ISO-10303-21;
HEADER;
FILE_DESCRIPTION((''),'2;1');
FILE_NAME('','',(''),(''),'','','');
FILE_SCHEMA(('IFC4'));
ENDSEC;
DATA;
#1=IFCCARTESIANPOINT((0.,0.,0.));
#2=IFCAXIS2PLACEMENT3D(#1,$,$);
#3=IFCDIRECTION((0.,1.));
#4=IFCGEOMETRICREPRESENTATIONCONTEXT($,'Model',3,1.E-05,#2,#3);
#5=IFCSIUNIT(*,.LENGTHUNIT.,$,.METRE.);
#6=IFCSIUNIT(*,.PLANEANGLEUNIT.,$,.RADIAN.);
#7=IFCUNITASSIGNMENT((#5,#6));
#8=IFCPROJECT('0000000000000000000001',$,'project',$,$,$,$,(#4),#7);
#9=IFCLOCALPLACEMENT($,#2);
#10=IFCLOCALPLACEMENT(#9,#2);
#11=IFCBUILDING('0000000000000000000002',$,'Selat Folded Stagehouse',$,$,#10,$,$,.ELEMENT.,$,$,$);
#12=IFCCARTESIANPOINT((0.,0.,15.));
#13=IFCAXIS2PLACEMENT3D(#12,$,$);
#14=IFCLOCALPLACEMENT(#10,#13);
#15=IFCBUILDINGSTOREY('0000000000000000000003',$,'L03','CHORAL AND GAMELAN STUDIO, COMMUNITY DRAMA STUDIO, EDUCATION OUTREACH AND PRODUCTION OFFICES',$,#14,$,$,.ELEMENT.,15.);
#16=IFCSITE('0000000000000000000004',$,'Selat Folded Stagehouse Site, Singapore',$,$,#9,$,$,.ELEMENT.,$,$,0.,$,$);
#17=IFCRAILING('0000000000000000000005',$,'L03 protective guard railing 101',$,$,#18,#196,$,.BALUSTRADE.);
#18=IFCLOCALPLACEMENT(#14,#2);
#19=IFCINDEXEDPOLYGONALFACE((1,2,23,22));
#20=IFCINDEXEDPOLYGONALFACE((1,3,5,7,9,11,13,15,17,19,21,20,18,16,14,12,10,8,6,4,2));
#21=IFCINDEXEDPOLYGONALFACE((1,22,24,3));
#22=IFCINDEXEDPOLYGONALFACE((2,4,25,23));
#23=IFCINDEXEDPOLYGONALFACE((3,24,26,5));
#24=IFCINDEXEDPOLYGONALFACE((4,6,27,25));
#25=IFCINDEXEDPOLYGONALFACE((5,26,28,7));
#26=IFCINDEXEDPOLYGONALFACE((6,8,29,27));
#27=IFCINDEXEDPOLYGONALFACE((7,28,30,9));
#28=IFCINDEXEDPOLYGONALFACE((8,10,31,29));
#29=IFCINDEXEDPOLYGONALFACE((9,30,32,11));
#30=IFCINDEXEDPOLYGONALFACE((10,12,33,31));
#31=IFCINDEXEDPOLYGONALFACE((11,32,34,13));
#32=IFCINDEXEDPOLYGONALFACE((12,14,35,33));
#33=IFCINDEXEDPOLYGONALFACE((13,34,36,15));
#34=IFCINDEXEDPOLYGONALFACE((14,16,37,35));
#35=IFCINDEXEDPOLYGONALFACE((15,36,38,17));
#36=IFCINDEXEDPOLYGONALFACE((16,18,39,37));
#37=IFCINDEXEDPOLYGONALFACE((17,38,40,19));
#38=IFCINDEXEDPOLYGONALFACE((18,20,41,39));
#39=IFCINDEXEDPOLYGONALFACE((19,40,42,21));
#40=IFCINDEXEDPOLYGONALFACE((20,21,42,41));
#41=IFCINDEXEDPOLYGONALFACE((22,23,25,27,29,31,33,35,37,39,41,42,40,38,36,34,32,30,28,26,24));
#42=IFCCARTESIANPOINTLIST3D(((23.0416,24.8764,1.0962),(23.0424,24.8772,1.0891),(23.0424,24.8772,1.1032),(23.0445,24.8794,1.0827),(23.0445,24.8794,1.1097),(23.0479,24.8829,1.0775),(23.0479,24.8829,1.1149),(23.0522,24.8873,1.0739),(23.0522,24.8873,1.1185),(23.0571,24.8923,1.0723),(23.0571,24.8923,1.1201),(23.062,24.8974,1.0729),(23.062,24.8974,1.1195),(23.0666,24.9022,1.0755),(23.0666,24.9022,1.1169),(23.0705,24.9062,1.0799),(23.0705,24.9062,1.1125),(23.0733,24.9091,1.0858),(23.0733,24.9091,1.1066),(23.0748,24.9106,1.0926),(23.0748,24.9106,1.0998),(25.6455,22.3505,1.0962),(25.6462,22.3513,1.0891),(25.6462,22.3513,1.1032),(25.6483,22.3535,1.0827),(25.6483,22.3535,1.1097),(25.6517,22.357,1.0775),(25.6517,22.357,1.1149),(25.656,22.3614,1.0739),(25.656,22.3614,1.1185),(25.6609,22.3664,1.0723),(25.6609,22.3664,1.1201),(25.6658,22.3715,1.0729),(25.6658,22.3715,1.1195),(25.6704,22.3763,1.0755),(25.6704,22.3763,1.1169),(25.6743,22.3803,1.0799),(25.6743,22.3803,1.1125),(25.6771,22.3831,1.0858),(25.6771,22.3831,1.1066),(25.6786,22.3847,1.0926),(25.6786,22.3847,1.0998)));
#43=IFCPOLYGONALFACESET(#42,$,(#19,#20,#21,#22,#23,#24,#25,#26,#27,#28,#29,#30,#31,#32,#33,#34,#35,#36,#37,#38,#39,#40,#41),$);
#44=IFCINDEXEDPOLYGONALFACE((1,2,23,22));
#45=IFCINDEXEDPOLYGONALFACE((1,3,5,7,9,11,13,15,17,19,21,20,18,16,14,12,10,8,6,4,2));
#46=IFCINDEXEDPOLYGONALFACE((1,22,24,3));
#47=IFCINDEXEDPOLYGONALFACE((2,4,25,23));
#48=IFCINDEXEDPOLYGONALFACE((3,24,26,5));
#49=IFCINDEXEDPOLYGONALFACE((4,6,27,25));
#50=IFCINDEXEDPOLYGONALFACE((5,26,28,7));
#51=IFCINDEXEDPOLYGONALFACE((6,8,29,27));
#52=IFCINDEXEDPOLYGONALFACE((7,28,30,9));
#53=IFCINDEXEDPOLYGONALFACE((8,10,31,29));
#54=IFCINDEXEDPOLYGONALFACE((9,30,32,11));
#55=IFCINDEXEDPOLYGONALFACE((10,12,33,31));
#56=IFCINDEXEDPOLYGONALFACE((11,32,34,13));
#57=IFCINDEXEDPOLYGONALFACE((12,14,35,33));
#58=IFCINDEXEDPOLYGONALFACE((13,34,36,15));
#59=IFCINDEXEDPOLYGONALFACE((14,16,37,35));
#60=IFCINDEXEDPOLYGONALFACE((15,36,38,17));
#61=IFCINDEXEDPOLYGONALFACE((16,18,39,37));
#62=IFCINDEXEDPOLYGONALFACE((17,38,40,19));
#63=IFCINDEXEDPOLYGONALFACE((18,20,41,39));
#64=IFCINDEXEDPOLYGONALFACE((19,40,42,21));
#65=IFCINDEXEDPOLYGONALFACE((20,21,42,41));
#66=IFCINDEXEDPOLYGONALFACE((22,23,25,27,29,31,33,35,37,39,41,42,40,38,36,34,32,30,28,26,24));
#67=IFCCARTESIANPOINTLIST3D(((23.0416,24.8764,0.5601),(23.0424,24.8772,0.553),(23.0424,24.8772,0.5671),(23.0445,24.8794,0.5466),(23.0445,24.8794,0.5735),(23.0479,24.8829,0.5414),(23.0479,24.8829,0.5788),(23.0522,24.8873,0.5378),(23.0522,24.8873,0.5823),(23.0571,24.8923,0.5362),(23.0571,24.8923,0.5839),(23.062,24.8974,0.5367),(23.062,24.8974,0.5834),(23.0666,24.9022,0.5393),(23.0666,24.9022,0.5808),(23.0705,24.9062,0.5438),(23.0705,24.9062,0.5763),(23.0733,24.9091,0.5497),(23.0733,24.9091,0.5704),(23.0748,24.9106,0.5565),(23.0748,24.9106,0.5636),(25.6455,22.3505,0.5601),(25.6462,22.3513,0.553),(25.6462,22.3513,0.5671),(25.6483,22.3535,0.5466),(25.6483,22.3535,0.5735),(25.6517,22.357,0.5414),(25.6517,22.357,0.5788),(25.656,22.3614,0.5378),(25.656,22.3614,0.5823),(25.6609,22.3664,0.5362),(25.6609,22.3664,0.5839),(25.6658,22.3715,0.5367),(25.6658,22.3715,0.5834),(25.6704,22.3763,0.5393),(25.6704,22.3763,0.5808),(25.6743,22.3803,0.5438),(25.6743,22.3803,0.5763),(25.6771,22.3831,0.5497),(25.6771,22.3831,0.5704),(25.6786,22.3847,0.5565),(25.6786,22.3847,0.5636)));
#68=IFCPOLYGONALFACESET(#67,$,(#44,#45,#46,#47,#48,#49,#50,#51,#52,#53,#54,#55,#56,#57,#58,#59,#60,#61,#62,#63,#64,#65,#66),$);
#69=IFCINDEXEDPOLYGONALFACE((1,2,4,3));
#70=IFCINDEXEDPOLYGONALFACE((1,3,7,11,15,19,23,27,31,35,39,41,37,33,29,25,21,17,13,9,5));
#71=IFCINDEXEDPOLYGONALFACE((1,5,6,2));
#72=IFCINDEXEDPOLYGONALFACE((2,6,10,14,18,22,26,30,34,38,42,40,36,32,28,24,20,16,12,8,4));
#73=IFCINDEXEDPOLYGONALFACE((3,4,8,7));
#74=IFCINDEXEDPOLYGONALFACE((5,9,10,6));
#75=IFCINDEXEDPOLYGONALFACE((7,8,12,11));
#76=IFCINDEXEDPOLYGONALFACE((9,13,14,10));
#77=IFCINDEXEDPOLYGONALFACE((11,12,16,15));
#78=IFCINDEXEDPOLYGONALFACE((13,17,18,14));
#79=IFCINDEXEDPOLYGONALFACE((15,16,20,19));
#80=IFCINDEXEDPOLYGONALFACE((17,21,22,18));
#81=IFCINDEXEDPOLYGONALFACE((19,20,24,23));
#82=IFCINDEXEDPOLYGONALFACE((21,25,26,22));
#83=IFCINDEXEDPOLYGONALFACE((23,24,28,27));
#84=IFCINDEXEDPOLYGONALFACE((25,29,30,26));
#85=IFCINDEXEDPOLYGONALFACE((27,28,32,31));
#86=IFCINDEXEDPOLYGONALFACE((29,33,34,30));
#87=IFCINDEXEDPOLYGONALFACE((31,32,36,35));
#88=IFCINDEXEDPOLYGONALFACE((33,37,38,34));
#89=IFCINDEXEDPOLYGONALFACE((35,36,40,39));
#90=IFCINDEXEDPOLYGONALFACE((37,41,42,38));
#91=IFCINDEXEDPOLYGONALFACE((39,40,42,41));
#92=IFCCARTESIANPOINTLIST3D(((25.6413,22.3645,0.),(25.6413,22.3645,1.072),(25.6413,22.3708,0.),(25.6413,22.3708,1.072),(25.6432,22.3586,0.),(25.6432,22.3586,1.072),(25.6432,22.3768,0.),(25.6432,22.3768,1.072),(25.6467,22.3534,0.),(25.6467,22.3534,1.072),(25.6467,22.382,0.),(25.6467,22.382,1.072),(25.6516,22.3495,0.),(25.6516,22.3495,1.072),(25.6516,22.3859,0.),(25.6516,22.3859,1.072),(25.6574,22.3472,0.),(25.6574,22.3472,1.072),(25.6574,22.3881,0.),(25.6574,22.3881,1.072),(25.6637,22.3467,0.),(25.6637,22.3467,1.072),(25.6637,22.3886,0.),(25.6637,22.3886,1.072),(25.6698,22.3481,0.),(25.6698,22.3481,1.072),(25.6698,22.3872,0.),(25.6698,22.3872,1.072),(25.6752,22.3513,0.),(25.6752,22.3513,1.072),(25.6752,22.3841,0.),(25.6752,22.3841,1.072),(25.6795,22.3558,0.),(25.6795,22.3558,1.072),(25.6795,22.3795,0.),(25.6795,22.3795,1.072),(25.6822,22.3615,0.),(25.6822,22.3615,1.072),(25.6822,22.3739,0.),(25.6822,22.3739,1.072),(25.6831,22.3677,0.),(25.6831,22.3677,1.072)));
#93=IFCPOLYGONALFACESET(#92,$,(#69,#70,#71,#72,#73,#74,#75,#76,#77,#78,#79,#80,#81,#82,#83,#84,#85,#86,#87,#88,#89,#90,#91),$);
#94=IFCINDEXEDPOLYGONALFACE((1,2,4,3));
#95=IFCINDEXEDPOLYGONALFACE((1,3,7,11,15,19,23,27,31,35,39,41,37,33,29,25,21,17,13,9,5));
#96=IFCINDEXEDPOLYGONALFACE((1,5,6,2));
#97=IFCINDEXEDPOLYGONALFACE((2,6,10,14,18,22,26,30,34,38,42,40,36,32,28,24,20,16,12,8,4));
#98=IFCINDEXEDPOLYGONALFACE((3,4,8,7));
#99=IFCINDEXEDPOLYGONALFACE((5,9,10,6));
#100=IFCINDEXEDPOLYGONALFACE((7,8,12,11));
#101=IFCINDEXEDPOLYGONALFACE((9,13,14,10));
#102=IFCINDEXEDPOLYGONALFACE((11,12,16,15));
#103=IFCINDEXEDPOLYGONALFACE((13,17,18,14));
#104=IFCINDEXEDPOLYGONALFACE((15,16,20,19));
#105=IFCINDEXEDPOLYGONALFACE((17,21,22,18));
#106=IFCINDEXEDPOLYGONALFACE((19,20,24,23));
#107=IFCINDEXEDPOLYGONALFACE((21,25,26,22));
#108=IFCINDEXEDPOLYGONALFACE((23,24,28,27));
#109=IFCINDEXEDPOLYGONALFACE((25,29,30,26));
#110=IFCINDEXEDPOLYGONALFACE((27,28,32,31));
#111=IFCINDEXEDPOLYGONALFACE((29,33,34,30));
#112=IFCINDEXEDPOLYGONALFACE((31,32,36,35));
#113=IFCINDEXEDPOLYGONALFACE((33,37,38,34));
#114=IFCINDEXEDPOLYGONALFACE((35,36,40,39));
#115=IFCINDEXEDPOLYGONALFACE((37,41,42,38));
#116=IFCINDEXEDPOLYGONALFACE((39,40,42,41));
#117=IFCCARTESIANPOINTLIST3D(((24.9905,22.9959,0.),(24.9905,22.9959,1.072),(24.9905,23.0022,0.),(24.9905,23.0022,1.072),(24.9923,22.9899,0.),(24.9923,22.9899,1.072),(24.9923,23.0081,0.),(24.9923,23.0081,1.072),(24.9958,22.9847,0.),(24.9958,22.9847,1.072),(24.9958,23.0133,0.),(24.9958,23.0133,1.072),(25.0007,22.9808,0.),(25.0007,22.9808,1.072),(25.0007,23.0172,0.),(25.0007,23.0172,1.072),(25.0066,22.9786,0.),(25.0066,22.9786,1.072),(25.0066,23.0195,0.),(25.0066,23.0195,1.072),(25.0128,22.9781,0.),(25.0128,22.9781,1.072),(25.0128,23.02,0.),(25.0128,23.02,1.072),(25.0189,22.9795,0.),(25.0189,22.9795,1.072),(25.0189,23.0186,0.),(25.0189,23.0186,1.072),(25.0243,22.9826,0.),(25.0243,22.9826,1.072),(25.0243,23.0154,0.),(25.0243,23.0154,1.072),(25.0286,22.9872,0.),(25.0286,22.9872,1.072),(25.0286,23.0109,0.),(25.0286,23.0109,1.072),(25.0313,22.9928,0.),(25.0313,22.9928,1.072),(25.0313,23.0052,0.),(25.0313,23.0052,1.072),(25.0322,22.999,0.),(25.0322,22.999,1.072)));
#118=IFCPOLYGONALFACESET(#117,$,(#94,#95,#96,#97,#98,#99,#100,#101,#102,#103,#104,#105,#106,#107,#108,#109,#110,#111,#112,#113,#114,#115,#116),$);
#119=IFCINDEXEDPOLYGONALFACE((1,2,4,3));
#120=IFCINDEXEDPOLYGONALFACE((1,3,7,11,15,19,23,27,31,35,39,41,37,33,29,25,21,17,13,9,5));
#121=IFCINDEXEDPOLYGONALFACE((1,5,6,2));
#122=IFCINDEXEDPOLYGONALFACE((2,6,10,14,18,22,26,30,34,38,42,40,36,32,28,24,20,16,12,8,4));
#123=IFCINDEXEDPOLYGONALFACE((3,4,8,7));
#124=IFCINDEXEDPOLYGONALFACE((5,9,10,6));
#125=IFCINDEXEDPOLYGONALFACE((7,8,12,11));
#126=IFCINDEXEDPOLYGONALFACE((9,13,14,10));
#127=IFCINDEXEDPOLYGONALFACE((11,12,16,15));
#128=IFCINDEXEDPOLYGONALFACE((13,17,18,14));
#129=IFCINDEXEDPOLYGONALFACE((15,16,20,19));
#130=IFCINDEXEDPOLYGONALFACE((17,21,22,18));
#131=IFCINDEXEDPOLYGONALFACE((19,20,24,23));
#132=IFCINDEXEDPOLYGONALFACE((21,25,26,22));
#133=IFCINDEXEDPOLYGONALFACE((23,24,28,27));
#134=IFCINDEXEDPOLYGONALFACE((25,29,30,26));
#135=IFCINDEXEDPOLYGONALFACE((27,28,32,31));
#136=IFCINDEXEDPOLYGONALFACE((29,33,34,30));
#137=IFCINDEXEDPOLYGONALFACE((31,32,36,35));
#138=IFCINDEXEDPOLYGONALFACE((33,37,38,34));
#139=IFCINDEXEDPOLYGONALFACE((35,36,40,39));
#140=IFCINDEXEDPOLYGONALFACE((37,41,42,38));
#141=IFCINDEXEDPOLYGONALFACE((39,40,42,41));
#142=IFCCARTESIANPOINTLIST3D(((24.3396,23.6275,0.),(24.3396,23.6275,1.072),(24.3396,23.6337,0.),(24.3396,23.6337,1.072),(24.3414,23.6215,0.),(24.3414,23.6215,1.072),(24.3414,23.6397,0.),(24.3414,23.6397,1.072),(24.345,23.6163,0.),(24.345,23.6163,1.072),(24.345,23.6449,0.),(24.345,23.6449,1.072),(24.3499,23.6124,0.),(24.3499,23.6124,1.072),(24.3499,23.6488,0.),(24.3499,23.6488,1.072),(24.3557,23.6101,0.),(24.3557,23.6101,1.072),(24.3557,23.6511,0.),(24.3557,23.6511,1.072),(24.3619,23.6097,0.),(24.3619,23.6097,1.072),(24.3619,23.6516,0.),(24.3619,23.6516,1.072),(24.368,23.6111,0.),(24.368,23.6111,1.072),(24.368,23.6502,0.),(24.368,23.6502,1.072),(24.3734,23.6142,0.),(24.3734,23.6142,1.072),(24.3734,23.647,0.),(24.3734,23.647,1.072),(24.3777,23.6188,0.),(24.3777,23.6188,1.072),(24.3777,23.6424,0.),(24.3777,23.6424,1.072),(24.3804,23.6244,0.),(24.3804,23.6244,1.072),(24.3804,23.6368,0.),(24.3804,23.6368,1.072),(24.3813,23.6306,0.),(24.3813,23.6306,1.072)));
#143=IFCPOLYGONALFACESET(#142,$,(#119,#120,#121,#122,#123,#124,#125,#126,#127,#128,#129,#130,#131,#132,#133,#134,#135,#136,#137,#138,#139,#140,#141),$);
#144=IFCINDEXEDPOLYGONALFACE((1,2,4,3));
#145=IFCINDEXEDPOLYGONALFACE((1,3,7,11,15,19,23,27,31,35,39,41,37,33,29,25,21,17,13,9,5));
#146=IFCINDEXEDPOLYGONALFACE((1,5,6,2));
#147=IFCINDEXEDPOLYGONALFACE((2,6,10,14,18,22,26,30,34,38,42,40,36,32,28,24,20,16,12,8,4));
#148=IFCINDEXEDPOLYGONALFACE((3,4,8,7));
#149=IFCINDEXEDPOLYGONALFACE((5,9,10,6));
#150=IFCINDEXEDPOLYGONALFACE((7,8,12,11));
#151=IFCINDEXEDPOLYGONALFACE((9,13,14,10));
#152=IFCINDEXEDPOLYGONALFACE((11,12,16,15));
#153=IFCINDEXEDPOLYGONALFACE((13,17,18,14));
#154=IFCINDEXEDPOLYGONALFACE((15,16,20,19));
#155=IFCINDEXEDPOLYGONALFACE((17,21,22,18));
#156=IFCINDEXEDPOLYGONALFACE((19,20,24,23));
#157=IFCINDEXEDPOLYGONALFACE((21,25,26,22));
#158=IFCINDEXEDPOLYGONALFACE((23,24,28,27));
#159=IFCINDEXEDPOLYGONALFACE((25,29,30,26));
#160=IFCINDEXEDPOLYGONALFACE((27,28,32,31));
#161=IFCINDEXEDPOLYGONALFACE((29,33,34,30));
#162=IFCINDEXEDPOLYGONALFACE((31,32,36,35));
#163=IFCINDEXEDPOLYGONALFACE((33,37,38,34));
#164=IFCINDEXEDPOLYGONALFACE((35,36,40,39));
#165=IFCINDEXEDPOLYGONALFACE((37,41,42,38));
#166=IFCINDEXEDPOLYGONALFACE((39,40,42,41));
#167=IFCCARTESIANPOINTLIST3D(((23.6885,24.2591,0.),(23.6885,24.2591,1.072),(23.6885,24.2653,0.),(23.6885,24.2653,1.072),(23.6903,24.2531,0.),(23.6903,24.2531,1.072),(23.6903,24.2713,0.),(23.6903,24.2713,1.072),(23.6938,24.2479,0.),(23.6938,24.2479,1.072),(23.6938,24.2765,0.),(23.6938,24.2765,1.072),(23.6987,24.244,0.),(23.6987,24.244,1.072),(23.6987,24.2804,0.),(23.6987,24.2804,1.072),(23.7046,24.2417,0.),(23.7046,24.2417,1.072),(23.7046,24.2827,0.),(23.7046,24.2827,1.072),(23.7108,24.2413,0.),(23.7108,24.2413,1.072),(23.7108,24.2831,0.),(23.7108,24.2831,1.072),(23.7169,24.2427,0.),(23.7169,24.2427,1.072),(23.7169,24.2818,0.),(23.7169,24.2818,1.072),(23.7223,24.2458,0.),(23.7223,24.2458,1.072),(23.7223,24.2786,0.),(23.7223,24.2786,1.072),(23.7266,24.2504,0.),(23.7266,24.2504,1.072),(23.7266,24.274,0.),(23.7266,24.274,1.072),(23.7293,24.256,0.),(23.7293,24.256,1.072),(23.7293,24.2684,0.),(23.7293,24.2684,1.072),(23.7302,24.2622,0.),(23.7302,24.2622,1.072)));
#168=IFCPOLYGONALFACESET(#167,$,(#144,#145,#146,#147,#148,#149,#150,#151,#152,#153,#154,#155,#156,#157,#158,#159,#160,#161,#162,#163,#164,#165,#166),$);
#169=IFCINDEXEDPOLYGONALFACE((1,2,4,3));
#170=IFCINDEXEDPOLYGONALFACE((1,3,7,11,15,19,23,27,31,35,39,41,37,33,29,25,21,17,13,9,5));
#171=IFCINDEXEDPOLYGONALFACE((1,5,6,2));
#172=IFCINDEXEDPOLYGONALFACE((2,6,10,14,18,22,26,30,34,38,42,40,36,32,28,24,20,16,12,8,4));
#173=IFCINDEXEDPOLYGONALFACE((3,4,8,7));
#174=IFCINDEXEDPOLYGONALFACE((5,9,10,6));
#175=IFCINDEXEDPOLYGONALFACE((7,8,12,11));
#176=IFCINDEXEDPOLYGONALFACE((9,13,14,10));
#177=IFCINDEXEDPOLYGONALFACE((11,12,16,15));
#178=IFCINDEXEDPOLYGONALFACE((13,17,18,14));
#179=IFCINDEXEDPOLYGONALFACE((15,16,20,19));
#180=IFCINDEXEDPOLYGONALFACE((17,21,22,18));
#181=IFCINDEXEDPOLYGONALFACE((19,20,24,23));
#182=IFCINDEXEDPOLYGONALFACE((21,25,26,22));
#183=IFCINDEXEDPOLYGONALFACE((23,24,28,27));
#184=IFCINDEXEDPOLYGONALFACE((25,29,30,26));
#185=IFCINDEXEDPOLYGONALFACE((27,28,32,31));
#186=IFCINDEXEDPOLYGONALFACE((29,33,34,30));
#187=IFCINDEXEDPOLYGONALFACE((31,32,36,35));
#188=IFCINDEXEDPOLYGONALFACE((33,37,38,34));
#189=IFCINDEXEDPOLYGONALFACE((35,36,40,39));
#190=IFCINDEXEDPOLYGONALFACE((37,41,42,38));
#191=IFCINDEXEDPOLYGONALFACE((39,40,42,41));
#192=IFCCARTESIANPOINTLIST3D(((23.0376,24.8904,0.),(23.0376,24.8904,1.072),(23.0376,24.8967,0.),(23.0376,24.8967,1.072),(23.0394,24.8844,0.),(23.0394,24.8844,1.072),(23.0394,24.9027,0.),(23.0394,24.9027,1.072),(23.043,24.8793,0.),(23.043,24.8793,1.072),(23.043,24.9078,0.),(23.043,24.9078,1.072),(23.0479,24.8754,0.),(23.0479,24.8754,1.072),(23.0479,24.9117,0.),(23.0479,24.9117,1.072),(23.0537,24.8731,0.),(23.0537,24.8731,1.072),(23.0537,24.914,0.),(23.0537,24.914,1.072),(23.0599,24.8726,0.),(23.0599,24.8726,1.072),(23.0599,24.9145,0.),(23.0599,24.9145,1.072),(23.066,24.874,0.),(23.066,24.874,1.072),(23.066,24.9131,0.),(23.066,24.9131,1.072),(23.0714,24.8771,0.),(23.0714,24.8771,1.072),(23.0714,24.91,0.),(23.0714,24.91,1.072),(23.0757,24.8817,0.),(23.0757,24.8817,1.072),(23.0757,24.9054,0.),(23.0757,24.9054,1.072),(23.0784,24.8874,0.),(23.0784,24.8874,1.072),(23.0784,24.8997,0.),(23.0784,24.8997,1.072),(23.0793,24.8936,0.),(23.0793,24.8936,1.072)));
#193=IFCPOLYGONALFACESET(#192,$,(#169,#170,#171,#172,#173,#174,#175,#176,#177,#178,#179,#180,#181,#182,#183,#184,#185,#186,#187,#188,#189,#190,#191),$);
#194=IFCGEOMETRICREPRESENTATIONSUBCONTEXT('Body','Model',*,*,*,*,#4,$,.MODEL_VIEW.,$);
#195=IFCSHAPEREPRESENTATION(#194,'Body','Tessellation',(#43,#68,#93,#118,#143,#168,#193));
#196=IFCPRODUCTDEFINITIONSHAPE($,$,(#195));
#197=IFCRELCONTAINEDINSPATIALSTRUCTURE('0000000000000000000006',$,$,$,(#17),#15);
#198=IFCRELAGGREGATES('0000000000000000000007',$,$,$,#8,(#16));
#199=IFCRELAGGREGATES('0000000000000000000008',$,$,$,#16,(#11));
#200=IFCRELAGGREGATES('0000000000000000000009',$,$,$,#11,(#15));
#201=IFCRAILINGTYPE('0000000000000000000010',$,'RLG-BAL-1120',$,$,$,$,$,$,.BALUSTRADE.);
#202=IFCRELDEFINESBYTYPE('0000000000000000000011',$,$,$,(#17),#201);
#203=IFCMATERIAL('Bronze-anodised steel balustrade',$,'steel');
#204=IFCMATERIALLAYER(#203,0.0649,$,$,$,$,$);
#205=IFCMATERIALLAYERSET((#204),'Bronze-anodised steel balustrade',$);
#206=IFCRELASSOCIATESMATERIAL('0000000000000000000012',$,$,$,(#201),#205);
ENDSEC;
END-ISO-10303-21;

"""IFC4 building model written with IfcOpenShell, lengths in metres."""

from ifc_helpers import new_model, si_unit, direction, frame, origin, origin_2d, place, context, subcontext, project, spatial, circle, extrude, material, layer, layer_set, type_object, element, save


model = new_model("IFC4")

# Units and contexts
model_context = context("Model", 3, precision=1e-05, world=origin(), true_north=direction((0.0, 1.0)))
body_context = subcontext(model_context, "Body", "Model", "MODEL_VIEW")
ifc_project = project(units=[si_unit("LENGTHUNIT", "METRE"), si_unit("PLANEANGLEUNIT", "RADIAN")], contexts=[model_context])

# Site, building, storey
site_placement = place(None, origin())
site = spatial("IfcSite", under=ifc_project, at=site_placement, Name="Selat Folded Stagehouse Site, Singapore", CompositionType="ELEMENT", RefElevation=0.0)
building_placement = place(site_placement, origin())
building = spatial("IfcBuilding", under=site, at=building_placement, Name="Selat Folded Stagehouse", CompositionType="ELEMENT")
storey_placement = place(building_placement, frame((0.0, 0.0, 15.0)))
storey = spatial("IfcBuildingStorey", under=building, at=storey_placement, Name="L03", Description="CHORAL AND GAMELAN STUDIO, COMMUNITY DRAMA STUDIO, EDUCATION OUTREACH AND PRODUCTION OFFICES", CompositionType="ELEMENT", Elevation=15.0)

# Railing
ifc_material_1 = material(Name="Bronze-anodised steel balustrade", Category="steel")
ifc_layer_1 = layer(ifc_material_1, 0.0649)
ifc_layer_set_1 = layer_set([ifc_layer_1], Name="Bronze-anodised steel balustrade")
railing_type = type_object("IfcRailingType", Name="RLG-BAL-1120", PredefinedType="BALUSTRADE", material=ifc_layer_set_1)
railing_1_placement = place(storey_placement, frame((25.6621, 22.3677, 0.0)))
element("IfcRailing", 1, at=railing_1_placement, inside=storey, type_object=railing_type, Name="L03 protective guard railing 101", PredefinedType="BALUSTRADE", context=body_context, shape_type="SweptSolid", body=[
    extrude(circle(Radius=0.0239, at=origin_2d()), frame((0.0, 0.0, 1.0962), z_axis=(-0.71776, 0.696291, 0.0), x_axis=(-0.696291, -0.71776, 0.0)), (0.0, 0.0, 1.0), 3.6277),
    extrude(circle(Radius=0.0239, at=origin_2d()), frame((0.0, 0.0, 0.5601), z_axis=(-0.71776, 0.696291, 0.0), x_axis=(-0.696291, -0.71776, 0.0)), (0.0, 0.0, 1.0), 3.6277),
    extrude(circle(Radius=0.021, at=origin_2d()), origin(), (0.0, 0.0, 1.0), 1.072),
    extrude(circle(Radius=0.021, at=origin_2d()), frame((-0.6509, 0.6313, 0.0)), (0.0, 0.0, 1.0), 1.072),
    extrude(circle(Radius=0.021, at=origin_2d()), frame((-1.3018, 1.2629, 0.0)), (0.0, 0.0, 1.0), 1.072),
    extrude(circle(Radius=0.021, at=origin_2d()), frame((-1.9529, 1.8945, 0.0)), (0.0, 0.0, 1.0), 1.072),
    extrude(circle(Radius=0.021, at=origin_2d()), frame((-2.6038, 2.5259, 0.0)), (0.0, 0.0, 1.0), 1.072),
])

save(model, "model.ifc")
